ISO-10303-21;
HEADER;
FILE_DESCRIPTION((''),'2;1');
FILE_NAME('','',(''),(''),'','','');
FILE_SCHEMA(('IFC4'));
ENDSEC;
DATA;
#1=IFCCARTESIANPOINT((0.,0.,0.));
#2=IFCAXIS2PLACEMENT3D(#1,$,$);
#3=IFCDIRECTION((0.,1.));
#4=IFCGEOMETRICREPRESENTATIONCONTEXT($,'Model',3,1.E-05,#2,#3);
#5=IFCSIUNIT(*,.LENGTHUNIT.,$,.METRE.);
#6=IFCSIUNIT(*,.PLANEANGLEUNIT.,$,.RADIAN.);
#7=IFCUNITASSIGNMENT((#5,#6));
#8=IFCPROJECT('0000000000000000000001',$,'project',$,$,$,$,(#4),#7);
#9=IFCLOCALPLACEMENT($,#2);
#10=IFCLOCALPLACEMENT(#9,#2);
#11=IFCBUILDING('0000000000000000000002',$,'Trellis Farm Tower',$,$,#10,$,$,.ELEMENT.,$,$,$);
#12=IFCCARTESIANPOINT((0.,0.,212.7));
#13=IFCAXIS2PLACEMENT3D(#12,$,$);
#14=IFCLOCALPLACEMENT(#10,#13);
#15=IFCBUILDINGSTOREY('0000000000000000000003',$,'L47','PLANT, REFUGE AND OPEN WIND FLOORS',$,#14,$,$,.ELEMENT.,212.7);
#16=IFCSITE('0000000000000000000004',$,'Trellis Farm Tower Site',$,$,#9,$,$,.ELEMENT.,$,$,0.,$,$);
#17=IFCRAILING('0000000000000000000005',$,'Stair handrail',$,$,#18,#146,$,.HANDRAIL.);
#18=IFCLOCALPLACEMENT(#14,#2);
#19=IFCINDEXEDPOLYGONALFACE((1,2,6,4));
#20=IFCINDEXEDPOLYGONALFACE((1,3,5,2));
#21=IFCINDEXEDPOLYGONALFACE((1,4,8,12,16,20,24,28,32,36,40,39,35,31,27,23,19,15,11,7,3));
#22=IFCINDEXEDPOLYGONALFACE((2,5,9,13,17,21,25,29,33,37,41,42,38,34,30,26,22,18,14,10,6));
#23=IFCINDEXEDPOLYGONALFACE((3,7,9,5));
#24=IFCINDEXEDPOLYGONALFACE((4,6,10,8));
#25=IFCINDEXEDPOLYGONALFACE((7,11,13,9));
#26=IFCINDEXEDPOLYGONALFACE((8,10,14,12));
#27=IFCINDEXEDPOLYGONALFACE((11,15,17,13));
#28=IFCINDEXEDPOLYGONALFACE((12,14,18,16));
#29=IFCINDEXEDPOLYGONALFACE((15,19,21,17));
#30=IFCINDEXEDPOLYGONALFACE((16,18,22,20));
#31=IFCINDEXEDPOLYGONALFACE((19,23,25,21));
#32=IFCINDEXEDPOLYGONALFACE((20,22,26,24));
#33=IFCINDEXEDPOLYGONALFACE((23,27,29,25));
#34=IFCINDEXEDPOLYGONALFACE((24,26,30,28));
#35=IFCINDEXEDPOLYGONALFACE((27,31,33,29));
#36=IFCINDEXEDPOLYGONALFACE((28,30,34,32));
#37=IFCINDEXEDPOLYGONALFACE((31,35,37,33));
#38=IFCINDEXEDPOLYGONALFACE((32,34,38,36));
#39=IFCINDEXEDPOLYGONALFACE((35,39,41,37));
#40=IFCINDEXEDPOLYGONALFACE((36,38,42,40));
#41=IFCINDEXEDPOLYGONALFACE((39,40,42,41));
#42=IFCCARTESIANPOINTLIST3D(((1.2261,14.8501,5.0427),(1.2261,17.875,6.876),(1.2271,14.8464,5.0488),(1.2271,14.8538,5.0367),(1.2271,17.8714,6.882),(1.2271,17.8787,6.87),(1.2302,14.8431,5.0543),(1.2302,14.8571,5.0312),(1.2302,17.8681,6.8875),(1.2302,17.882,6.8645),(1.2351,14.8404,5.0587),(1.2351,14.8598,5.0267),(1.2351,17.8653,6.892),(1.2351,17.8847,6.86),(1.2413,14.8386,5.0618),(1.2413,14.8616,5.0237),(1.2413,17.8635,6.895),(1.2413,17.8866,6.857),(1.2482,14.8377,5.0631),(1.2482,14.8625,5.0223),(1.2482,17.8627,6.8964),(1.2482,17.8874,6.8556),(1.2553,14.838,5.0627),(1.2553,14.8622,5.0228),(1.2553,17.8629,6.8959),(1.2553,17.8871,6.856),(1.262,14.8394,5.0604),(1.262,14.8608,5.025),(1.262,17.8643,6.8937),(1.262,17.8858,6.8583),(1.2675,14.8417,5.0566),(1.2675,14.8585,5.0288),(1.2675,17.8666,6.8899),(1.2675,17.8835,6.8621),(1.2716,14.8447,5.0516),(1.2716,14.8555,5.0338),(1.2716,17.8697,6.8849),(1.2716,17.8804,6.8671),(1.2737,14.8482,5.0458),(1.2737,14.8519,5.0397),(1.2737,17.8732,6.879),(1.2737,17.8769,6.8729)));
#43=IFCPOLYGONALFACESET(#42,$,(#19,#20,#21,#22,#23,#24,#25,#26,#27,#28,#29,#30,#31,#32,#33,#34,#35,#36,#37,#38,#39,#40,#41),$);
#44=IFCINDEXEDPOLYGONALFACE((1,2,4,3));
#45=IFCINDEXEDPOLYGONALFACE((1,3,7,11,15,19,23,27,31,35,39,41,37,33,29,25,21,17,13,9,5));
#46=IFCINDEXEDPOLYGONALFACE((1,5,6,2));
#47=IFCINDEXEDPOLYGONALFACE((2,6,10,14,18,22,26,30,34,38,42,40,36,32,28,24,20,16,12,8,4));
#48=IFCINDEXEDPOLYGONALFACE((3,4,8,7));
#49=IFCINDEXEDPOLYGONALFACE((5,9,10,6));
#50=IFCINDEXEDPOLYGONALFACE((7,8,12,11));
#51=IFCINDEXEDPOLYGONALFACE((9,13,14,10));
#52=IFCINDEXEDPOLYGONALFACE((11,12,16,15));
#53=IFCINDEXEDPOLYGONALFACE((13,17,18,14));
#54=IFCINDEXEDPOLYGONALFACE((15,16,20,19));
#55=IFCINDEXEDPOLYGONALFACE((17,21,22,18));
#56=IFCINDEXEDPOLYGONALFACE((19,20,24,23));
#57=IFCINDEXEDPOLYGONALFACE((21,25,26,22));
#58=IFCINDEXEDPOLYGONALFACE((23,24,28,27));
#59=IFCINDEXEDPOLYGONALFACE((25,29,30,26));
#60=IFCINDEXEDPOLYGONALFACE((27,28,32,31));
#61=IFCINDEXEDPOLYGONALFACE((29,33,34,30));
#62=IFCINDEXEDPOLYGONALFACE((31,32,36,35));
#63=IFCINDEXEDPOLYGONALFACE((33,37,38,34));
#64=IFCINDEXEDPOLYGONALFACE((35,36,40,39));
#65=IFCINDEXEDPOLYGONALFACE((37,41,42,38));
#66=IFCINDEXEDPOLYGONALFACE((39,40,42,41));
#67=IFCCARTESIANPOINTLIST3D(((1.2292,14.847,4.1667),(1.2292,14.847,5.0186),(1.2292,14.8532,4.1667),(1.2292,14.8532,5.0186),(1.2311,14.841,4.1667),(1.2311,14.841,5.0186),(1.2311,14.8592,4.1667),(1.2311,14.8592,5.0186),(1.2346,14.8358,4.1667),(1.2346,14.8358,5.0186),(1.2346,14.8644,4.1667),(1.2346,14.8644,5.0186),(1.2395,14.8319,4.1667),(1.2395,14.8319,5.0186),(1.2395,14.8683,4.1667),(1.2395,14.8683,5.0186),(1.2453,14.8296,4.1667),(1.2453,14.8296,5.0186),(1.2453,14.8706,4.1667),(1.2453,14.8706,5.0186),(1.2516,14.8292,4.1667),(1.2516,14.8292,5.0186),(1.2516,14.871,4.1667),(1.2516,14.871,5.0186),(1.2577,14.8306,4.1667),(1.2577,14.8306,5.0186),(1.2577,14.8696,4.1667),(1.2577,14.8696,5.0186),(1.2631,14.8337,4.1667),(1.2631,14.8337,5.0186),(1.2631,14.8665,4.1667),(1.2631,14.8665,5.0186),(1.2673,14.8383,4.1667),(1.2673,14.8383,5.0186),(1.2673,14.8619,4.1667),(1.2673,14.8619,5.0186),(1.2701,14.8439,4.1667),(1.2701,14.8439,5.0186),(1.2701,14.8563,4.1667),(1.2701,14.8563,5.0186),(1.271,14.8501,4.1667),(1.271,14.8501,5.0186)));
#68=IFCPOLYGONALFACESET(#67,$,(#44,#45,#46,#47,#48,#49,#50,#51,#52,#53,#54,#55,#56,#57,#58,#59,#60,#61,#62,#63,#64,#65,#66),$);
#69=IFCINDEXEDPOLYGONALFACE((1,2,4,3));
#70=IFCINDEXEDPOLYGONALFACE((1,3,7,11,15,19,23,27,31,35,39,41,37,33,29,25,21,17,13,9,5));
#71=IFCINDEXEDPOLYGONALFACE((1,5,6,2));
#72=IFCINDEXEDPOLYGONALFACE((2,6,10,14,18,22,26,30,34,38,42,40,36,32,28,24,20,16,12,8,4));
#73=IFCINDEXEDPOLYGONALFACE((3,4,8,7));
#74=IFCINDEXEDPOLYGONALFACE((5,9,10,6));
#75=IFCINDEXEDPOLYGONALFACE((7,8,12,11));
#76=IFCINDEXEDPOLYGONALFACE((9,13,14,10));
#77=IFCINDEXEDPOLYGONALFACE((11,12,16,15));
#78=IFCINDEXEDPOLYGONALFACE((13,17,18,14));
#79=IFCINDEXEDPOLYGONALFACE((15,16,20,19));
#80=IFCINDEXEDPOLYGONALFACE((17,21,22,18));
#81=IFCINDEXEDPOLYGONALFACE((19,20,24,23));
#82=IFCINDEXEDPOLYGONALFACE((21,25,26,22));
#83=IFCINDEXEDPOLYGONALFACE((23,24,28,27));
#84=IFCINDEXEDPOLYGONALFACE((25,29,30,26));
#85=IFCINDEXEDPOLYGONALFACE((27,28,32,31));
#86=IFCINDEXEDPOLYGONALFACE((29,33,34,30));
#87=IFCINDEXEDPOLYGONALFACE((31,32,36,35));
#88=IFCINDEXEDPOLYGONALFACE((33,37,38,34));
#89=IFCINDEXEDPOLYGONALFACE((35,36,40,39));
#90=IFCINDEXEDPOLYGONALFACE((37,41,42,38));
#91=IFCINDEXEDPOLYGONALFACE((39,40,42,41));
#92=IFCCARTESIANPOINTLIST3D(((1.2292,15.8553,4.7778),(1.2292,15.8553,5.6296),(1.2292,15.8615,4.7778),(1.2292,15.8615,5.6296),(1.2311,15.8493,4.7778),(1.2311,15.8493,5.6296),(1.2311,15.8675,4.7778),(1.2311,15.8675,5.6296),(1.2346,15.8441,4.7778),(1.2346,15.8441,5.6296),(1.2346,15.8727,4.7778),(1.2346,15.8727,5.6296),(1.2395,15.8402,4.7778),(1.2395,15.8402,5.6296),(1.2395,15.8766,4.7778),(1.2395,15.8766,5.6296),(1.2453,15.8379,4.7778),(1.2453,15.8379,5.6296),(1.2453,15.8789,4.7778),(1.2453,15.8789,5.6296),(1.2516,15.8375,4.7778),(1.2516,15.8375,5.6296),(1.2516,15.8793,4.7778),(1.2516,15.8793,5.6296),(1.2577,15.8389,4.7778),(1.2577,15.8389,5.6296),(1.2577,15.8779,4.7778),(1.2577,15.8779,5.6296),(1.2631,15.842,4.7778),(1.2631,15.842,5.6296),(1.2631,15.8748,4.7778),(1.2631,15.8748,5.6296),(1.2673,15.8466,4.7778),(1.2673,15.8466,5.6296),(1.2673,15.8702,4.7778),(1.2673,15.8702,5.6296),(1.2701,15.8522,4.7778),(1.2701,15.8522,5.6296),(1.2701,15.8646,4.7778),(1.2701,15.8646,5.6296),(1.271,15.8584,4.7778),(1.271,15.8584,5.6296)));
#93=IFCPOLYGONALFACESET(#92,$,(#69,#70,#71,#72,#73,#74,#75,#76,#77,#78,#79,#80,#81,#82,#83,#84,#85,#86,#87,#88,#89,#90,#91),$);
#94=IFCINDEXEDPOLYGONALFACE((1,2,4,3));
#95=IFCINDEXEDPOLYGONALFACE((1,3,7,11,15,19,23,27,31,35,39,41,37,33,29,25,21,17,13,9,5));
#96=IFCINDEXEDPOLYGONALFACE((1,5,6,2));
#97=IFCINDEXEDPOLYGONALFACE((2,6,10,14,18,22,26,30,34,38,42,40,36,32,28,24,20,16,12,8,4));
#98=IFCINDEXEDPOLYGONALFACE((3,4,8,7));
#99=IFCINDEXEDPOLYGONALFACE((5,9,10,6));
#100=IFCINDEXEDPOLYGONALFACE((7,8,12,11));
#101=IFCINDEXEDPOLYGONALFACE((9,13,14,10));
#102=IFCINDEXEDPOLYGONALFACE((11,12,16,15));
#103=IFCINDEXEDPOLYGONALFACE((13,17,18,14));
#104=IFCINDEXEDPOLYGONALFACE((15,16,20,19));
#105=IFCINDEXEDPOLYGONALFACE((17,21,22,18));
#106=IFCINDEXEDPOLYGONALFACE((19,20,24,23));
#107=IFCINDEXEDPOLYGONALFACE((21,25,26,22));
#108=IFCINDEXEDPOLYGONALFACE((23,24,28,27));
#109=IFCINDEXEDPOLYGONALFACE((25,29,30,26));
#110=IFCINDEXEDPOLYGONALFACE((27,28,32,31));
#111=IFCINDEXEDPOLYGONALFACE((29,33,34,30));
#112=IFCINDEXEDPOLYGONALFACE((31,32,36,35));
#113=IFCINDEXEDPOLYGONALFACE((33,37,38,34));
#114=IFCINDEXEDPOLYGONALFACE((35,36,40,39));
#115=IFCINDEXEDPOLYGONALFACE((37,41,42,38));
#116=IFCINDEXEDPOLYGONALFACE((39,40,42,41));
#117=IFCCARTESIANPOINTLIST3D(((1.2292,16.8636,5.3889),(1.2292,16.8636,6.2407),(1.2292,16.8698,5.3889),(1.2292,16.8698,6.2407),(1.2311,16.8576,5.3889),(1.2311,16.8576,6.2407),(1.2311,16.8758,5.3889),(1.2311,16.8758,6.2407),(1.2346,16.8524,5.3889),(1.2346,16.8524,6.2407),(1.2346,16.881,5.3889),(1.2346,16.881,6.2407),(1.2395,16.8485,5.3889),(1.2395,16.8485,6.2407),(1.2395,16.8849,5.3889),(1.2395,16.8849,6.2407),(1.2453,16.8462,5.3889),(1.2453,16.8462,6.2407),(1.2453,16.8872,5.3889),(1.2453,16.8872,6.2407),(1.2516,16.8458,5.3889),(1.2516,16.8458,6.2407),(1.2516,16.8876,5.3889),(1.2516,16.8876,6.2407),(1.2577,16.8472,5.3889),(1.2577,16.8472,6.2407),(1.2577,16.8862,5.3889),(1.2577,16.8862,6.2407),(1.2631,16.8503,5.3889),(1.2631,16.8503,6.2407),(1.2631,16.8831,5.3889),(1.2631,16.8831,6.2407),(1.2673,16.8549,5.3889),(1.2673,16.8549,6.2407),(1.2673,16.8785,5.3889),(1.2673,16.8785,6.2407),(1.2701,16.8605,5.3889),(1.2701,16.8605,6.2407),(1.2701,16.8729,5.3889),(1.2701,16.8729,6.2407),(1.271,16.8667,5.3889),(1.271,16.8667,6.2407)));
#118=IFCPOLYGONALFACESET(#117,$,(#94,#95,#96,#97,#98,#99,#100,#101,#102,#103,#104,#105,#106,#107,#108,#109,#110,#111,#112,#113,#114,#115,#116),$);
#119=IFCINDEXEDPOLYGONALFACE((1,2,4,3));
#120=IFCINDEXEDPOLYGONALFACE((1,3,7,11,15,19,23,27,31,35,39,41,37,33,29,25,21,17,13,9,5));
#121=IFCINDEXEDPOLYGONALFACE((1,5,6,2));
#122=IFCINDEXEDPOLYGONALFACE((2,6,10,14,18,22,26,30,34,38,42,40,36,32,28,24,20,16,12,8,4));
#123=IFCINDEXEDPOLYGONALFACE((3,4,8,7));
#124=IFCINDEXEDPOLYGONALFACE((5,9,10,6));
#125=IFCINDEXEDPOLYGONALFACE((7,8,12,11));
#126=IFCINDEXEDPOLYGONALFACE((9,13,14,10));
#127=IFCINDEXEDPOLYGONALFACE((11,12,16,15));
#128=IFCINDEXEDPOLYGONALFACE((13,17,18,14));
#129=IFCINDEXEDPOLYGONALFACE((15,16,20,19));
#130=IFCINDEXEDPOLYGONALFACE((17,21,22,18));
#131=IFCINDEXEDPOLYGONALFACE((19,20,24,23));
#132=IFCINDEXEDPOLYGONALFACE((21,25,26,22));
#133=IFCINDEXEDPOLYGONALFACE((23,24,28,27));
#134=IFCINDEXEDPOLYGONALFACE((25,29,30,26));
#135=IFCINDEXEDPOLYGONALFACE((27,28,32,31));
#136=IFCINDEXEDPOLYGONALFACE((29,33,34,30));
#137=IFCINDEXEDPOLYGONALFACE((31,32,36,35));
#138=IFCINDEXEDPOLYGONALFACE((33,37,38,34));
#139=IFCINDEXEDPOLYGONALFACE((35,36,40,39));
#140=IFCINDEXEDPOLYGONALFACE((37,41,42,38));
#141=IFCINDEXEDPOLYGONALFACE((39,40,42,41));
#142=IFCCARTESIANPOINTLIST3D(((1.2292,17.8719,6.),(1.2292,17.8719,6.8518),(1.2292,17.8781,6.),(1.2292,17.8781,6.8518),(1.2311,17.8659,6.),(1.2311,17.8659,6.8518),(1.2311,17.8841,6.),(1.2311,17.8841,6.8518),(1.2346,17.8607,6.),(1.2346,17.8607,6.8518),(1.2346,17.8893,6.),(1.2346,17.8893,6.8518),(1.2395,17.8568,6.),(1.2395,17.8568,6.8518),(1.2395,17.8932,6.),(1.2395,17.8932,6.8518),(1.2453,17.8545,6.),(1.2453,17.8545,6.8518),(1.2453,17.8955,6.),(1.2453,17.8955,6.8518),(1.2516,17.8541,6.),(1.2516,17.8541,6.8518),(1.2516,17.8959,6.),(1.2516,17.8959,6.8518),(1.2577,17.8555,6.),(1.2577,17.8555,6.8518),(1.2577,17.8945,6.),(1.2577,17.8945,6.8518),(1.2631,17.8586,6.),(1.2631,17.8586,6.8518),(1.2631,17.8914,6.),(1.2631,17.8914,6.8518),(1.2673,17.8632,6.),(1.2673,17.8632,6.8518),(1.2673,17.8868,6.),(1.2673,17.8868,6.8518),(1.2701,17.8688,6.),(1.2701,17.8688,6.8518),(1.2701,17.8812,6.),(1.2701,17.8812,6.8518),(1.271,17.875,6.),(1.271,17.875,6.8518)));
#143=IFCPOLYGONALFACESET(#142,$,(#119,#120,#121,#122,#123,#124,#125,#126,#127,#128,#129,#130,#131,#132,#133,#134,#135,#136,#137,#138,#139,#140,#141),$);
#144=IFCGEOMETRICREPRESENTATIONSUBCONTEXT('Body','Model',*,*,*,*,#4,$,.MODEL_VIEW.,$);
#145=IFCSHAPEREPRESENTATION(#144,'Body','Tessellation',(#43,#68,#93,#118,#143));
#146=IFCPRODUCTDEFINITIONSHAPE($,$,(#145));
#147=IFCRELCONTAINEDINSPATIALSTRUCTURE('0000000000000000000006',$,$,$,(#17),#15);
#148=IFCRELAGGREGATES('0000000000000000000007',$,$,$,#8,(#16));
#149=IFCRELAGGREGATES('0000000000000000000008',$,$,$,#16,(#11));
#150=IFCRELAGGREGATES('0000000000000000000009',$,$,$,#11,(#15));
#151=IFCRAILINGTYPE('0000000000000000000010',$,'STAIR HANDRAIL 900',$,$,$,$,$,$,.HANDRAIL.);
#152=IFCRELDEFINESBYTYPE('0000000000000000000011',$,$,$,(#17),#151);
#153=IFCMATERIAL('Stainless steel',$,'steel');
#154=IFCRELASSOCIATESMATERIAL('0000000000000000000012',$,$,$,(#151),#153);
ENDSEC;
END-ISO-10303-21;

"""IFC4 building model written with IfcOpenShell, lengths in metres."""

from ifc_helpers import new_model, si_unit, direction, frame, origin, origin_2d, place, context, subcontext, project, spatial, circle, extrude, source, transform, mapped, material, type_object, element, save


model = new_model("IFC4")

# Units and contexts
model_context = context("Model", 3, precision=1e-05, world=origin(), true_north=direction((0.0, 1.0)))
body_context = subcontext(model_context, "Body", "Model", "MODEL_VIEW")
ifc_project = project(units=[si_unit("LENGTHUNIT", "METRE"), si_unit("PLANEANGLEUNIT", "RADIAN")], contexts=[model_context])

# Site, building, storey
site_placement = place(None, origin())
site = spatial("IfcSite", under=ifc_project, at=site_placement, Name="Trellis Farm Tower Site", CompositionType="ELEMENT", RefElevation=0.0)
building_placement = place(site_placement, origin())
building = spatial("IfcBuilding", under=site, at=building_placement, Name="Trellis Farm Tower", CompositionType="ELEMENT")
storey_placement = place(building_placement, frame((0.0, 0.0, 212.7)))
storey = spatial("IfcBuildingStorey", under=building, at=storey_placement, Name="L47", Description="PLANT, REFUGE AND OPEN WIND FLOORS", CompositionType="ELEMENT", Elevation=212.7)

# Railing
ifc_material_1 = material(Name="Stainless steel", Category="steel")
railing_type_1 = type_object("IfcRailingType", Name="STAIR HANDRAIL 900", PredefinedType="HANDRAIL", material=ifc_material_1)
shared_shape_1 = source(origin(), body_context, "Body", "SweptSolid", [
    extrude(circle(Radius=0.0239, at=origin_2d()), frame((0.0, 0.0, 0.876), z_axis=(0.0, 0.855201, 0.518297), x_axis=(-1.0, 0.0, 0.0)), (0.0, 0.0, 1.0), 3.5371),
    extrude(circle(Radius=0.021, at=origin_2d()), origin(), (0.0, 0.0, 1.0), 0.8518),
    extrude(circle(Radius=0.021, at=origin_2d()), frame((0.0, 1.0083, 0.6111)), (0.0, 0.0, 1.0), 0.8518),
    extrude(circle(Radius=0.021, at=origin_2d()), frame((0.0, 2.0166, 1.2222)), (0.0, 0.0, 1.0), 0.8518),
    extrude(circle(Radius=0.021, at=origin_2d()), frame((0.0, 3.0249, 1.8333)), (0.0, 0.0, 1.0), 0.8518),
])
for number, where, name in (
    (1, (1.25, 14.8501, 4.1667), "Stair handrail"),
):
    element("IfcRailing", number, at=place(storey_placement, frame(where)), inside=storey, type_object=railing_type_1, Name=name, PredefinedType="HANDRAIL", context=body_context, shape_type="MappedRepresentation", body=[
        mapped(shared_shape_1, transform((0.0, 0.0, 0.0))),
    ])

save(model, "model.ifc")
